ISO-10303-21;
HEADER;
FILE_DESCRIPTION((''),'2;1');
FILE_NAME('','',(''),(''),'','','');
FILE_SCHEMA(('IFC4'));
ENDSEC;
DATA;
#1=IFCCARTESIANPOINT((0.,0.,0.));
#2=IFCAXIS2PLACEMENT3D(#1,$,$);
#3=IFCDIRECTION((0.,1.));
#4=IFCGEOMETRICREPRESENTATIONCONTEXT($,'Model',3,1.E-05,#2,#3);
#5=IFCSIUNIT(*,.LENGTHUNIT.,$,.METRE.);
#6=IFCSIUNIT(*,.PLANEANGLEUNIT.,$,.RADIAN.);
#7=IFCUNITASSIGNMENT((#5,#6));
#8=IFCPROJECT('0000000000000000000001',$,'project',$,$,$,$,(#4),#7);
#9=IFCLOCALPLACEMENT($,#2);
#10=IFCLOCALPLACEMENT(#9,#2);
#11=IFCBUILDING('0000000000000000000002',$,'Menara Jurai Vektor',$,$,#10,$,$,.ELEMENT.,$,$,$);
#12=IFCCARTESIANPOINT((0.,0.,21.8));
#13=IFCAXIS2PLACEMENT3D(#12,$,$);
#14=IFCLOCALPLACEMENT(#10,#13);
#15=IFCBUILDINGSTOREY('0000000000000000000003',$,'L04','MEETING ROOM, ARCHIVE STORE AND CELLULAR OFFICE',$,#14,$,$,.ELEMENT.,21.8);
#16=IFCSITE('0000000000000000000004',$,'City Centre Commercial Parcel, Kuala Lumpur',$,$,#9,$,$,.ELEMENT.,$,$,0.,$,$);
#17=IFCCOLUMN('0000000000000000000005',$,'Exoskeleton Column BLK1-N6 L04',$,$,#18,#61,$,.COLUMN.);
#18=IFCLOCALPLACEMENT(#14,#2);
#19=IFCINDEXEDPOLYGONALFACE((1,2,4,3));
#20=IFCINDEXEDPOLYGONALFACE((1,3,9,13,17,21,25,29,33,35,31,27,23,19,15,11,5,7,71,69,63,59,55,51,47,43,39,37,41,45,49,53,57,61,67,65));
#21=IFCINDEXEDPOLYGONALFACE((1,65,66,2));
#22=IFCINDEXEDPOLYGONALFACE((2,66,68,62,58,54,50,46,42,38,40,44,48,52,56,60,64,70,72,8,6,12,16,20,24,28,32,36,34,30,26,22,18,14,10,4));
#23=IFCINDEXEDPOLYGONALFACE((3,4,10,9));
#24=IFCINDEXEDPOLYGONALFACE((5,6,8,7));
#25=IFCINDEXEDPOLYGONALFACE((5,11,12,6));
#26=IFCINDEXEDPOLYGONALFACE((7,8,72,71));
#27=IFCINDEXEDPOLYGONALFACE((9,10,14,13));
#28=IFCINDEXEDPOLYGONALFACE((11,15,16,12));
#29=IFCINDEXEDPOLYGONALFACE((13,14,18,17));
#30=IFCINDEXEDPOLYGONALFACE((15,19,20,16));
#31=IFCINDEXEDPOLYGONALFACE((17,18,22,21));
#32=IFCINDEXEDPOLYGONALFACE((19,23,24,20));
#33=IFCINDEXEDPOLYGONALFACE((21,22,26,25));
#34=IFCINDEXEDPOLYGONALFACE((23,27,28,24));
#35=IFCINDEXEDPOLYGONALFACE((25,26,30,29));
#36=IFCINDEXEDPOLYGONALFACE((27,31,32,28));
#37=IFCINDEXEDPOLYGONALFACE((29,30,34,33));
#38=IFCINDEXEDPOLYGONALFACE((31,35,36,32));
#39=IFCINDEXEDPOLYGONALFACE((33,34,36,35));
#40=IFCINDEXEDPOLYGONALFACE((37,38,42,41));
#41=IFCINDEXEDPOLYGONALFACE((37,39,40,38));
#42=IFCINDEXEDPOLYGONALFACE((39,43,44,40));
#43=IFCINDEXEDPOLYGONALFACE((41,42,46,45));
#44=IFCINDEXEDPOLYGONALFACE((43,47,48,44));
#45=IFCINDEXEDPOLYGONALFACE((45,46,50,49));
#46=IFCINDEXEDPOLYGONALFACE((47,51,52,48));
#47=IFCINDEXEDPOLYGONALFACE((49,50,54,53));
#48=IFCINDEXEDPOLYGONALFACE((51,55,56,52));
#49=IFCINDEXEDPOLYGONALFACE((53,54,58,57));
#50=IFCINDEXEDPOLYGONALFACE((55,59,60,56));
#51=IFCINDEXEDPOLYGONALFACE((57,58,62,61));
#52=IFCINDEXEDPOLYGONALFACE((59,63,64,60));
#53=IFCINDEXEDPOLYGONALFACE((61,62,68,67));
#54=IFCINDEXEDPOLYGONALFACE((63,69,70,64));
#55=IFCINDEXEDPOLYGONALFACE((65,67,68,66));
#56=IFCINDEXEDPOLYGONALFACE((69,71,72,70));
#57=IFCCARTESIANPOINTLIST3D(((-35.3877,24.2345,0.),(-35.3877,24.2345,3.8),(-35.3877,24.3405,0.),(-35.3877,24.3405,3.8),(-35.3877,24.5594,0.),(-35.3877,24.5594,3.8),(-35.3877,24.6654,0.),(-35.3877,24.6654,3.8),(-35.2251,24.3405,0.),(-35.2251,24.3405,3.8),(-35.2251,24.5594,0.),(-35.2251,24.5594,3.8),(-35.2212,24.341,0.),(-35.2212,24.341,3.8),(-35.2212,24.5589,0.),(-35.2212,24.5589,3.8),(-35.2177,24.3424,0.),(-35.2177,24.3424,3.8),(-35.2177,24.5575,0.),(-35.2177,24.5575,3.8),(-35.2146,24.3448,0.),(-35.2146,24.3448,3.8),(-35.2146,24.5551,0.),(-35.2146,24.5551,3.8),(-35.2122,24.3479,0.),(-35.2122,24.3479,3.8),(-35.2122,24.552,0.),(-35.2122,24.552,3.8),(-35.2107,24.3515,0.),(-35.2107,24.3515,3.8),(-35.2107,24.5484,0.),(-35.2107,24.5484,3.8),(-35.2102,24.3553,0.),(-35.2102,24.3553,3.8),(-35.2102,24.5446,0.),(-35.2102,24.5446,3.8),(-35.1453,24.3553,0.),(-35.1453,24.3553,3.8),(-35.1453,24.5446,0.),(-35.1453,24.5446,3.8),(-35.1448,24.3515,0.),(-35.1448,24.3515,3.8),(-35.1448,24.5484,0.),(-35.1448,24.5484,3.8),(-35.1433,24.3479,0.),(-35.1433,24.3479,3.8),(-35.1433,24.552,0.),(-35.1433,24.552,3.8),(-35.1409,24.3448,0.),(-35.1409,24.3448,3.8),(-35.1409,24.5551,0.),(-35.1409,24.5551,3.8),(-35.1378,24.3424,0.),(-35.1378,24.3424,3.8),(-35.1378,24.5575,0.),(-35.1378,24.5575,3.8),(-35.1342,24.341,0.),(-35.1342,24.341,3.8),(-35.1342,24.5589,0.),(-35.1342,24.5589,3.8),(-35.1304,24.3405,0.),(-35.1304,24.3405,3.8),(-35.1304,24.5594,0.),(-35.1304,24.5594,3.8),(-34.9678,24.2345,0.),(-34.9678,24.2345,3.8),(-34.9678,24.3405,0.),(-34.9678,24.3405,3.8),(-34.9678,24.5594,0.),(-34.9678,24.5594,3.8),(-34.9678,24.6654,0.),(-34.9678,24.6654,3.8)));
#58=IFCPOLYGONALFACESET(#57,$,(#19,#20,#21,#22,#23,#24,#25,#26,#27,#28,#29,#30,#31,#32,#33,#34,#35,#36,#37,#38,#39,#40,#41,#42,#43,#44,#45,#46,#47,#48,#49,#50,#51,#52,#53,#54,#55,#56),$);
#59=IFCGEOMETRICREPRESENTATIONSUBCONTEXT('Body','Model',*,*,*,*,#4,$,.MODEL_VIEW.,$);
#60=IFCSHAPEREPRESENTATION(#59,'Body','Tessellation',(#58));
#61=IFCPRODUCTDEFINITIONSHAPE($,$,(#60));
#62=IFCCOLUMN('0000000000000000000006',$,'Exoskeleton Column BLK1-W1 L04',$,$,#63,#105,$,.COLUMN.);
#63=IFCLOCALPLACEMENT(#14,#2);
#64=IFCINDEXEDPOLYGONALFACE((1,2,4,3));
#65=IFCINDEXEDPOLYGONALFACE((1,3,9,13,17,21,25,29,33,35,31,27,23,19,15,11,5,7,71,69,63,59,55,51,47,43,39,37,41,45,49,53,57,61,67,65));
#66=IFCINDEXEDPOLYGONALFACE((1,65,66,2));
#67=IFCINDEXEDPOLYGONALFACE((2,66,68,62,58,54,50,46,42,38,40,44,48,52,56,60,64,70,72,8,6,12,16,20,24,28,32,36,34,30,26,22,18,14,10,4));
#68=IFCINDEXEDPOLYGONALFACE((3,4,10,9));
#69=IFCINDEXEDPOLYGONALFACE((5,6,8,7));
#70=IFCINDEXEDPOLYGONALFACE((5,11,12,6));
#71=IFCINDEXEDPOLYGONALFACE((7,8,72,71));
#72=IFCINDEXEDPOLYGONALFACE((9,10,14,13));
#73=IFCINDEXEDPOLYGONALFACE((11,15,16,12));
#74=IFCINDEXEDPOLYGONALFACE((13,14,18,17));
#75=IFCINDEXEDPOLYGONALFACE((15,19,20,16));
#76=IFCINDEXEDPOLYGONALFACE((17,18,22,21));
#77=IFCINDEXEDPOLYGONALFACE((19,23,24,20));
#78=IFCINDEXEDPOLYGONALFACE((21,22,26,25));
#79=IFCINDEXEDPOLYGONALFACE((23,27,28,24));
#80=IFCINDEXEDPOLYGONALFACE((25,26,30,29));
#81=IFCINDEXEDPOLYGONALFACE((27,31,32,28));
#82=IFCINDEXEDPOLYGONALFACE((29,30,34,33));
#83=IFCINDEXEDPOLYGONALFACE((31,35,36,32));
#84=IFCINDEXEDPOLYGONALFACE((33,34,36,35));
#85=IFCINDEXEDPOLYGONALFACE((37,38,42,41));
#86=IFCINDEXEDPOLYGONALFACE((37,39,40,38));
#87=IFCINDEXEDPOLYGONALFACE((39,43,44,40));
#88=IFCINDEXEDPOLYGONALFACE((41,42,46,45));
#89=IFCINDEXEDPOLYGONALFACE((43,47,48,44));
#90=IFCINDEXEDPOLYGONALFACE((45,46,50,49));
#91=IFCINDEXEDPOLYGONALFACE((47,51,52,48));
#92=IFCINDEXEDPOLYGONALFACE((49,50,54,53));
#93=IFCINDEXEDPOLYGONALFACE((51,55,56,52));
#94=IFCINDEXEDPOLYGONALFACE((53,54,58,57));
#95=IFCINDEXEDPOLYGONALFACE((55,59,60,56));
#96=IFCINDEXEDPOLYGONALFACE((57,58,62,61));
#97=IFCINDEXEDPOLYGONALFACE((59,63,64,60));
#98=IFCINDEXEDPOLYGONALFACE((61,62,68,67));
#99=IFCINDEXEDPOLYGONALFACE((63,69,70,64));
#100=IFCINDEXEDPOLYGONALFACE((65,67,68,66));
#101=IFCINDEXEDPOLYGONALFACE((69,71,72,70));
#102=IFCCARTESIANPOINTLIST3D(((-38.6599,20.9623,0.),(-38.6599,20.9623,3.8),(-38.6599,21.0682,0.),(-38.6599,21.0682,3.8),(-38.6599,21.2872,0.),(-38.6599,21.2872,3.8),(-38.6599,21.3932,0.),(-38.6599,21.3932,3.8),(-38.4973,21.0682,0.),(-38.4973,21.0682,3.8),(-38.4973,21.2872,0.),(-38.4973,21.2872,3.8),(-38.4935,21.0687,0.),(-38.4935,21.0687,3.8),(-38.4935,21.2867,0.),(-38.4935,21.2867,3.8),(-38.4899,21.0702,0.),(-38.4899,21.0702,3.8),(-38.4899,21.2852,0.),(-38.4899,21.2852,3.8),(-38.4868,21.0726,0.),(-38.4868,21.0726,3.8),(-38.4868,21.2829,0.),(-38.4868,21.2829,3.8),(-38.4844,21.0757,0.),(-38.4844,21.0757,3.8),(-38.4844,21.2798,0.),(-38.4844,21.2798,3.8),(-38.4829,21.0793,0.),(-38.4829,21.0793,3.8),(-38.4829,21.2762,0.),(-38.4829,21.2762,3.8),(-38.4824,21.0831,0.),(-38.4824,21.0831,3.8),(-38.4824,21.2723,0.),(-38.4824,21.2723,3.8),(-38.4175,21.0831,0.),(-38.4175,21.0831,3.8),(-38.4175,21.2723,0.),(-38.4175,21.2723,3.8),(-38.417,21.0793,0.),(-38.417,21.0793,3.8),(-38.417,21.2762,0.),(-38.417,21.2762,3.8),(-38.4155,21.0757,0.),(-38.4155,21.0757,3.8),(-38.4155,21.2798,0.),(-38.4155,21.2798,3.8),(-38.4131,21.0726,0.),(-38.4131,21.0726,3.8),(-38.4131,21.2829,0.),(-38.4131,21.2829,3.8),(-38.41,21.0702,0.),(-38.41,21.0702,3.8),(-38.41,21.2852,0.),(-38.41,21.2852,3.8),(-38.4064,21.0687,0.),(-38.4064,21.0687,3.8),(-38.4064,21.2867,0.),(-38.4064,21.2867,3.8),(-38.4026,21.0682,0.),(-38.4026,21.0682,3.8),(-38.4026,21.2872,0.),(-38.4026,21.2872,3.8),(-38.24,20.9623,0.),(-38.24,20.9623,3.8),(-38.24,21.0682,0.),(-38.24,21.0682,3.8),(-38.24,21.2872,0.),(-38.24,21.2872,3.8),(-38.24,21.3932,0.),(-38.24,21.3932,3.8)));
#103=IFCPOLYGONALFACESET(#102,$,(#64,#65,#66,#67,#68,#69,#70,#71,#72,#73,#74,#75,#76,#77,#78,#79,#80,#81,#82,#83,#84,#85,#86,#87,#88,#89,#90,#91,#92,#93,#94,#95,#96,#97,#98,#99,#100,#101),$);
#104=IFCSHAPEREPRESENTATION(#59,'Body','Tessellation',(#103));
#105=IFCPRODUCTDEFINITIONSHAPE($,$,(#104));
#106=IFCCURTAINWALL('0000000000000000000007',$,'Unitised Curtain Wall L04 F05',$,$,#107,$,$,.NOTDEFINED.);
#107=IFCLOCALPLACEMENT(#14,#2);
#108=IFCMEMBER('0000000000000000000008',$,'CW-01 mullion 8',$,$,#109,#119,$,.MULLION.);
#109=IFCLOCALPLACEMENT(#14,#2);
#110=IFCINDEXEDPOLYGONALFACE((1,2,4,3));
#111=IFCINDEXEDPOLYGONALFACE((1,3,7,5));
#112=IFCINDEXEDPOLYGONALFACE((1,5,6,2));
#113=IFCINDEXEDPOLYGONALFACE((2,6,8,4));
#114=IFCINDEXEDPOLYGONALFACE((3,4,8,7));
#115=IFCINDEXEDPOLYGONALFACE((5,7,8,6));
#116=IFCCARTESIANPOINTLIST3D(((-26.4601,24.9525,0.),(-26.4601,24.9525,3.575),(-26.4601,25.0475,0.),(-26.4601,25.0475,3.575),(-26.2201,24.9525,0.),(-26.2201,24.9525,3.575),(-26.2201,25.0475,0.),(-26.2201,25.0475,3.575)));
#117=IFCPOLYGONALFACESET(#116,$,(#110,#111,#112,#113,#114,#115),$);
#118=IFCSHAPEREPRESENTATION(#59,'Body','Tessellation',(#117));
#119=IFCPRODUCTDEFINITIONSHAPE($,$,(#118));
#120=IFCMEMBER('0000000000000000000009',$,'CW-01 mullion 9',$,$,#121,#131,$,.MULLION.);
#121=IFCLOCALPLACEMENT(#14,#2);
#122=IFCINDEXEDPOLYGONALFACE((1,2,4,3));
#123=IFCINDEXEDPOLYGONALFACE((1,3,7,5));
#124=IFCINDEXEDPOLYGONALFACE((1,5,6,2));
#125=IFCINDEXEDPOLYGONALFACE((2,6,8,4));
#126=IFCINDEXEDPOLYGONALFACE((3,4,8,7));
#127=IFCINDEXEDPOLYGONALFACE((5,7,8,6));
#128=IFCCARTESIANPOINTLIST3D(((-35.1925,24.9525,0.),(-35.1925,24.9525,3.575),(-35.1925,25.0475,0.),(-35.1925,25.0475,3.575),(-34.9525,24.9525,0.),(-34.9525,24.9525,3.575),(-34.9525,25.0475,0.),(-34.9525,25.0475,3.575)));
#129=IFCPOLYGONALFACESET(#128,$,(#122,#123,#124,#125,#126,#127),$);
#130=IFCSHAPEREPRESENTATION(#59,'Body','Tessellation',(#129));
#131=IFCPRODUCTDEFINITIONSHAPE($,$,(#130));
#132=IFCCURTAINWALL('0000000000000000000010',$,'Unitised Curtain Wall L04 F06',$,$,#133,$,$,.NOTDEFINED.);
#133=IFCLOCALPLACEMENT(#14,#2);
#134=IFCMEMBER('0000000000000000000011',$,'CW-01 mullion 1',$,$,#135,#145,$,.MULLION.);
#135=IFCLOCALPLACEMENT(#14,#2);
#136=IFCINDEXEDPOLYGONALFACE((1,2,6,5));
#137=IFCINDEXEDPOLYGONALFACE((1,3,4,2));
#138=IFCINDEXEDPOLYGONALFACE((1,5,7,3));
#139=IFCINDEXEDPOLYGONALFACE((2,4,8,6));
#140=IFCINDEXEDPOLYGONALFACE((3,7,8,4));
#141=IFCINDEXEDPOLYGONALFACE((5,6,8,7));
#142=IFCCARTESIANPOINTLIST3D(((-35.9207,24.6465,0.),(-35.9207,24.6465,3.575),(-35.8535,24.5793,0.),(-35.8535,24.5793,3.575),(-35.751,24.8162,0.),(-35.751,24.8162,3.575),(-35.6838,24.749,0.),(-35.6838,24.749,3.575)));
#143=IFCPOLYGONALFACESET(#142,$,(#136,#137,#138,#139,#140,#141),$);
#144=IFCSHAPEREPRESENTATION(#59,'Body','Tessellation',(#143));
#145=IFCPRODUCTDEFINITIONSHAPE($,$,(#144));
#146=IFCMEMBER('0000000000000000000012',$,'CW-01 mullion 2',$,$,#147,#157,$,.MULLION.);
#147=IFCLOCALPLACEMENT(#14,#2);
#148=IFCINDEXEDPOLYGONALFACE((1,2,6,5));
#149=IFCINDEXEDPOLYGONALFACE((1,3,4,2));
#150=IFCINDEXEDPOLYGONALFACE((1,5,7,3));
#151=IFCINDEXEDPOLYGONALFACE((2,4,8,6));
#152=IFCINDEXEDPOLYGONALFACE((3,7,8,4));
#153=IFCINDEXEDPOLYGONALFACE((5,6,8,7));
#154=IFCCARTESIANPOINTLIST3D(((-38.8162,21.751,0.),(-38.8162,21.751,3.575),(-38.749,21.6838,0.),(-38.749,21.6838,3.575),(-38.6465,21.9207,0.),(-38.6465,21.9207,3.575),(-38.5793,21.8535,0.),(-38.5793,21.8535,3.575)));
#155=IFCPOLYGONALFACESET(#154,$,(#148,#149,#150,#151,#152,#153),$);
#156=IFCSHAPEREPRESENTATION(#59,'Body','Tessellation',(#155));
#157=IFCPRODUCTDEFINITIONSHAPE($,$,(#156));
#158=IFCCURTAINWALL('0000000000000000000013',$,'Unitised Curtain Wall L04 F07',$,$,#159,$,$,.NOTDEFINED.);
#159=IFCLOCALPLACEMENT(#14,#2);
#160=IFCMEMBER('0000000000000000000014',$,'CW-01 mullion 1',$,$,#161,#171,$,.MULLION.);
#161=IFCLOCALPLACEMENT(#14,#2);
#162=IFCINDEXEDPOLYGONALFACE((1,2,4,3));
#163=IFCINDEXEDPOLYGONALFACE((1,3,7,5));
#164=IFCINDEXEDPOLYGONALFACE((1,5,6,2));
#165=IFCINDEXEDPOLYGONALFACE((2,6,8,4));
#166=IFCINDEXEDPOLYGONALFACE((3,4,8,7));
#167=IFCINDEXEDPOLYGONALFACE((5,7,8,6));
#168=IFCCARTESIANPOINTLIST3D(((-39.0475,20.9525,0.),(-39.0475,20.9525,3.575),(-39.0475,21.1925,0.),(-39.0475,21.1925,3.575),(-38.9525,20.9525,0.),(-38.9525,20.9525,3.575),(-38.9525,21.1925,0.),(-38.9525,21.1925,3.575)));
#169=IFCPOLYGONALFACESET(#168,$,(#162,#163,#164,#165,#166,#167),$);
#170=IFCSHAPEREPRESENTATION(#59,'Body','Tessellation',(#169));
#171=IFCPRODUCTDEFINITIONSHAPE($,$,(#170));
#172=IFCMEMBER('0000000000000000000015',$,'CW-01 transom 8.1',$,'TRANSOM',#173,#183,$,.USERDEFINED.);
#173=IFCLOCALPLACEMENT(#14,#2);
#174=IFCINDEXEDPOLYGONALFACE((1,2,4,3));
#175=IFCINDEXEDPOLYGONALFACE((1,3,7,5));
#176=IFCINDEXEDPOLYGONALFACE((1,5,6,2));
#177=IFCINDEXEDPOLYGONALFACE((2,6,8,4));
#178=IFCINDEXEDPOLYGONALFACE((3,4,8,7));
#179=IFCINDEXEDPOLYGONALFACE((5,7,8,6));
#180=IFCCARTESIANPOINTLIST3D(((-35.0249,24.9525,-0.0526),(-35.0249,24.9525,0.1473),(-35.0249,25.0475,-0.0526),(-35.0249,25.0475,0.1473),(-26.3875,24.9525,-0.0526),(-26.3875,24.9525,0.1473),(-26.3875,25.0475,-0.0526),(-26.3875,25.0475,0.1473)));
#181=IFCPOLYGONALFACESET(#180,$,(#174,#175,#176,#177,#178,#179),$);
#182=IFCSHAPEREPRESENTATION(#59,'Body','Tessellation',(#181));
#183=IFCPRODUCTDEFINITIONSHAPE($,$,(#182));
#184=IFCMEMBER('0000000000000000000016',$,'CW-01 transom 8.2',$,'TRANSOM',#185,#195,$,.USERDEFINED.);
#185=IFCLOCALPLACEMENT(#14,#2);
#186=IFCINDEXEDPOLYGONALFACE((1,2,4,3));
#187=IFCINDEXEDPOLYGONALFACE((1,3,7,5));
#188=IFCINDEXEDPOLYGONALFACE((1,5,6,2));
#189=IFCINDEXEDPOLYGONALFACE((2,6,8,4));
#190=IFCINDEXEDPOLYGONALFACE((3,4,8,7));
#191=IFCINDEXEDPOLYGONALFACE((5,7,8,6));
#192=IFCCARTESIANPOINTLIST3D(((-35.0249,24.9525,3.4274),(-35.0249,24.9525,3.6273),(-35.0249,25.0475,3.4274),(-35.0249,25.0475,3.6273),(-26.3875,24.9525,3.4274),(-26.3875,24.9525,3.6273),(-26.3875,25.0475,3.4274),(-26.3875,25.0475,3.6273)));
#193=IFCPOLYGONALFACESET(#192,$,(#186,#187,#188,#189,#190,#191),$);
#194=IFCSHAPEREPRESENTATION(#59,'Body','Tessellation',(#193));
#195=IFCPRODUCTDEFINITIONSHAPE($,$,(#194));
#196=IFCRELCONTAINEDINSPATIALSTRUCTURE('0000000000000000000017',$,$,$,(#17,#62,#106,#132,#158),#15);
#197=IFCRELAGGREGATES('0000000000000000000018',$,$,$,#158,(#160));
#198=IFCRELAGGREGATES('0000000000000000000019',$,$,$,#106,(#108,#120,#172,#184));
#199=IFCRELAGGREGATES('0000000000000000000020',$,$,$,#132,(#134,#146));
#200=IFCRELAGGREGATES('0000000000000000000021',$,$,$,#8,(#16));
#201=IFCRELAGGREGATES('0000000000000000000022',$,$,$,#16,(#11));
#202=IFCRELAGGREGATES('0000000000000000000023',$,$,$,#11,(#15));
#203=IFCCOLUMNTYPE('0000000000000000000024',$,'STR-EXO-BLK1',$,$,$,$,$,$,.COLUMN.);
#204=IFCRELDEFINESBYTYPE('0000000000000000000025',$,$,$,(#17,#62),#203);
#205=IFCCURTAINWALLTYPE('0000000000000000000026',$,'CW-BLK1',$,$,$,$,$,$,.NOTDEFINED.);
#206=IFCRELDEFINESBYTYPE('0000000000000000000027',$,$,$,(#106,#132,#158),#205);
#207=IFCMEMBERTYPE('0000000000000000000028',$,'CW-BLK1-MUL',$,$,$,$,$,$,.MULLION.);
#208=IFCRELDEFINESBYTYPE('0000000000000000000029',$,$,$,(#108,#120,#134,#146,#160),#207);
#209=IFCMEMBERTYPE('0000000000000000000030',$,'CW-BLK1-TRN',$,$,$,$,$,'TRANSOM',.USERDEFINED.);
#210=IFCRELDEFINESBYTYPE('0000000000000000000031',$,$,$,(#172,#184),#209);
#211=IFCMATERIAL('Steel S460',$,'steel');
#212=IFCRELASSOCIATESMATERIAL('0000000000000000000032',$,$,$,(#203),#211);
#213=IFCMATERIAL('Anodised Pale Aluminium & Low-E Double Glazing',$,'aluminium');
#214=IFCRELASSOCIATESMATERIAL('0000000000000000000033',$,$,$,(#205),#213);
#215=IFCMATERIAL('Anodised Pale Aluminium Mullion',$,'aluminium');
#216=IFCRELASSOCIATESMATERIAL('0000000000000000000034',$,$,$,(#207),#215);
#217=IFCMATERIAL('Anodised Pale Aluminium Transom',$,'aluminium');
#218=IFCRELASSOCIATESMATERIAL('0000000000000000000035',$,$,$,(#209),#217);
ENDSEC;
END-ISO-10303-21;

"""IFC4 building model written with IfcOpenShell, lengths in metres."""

from ifc_helpers import new_model, si_unit, direction, frame, origin, origin_2d, place, context, subcontext, project, spatial, rectangle, i_section, extrude, material, material_profile, profile_set, type_object, element, aggregate, save


model = new_model("IFC4")

# Units and contexts
model_context = context("Model", 3, precision=1e-05, world=origin(), true_north=direction((0.0, 1.0)))
body_context = subcontext(model_context, "Body", "Model", "MODEL_VIEW")
ifc_project = project(units=[si_unit("LENGTHUNIT", "METRE"), si_unit("PLANEANGLEUNIT", "RADIAN")], contexts=[model_context])

# Site, building, storey
site_placement = place(None, origin())
site = spatial("IfcSite", under=ifc_project, at=site_placement, Name="City Centre Commercial Parcel, Kuala Lumpur", CompositionType="ELEMENT", RefElevation=0.0)
building_placement = place(site_placement, origin())
building = spatial("IfcBuilding", under=site, at=building_placement, Name="Menara Jurai Vektor", CompositionType="ELEMENT")
storey_placement = place(building_placement, frame((0.0, 0.0, 21.8)))
storey = spatial("IfcBuildingStorey", under=building, at=storey_placement, Name="L04", Description="MEETING ROOM, ARCHIVE STORE AND CELLULAR OFFICE", CompositionType="ELEMENT", Elevation=21.8)

# Columns
ifc_material_1 = material(Name="Steel S460", Category="steel")
ifc_material_profile_1 = material_profile(ifc_material_1, i_section(OverallWidth=0.4199, OverallDepth=0.4309, WebThickness=0.0649, FlangeThickness=0.106, FilletRadius=0.0149, at=origin_2d()), Name="HD 400x900")
ifc_profile_set_1 = profile_set([ifc_material_profile_1], Name="Steel S460")
column_type = type_object("IfcColumnType", Name="STR-EXO-BLK1", PredefinedType="COLUMN", material=ifc_profile_set_1)
for number, where, z_axis, x_axis, name in (
    (1, (-35.1777, 24.45, 0.0), (0.0, 0.0, 1.0), (1.0, 0.0, 0.0), "Exoskeleton Column BLK1-N6 L04"),
    (2, (-38.45, 21.1777, 0.0), (0.0, 0.0, 1.0), (1.0, 0.0, 0.0), "Exoskeleton Column BLK1-W1 L04"),
):
    element("IfcColumn", number, at=place(storey_placement, frame(where, z_axis=z_axis, x_axis=x_axis)), inside=storey, type_object=column_type, Name=name, PredefinedType="COLUMN", context=body_context, shape_type="SweptSolid", body=[
        extrude(i_section(OverallWidth=0.4199, OverallDepth=0.4309, WebThickness=0.0649, FlangeThickness=0.106, FilletRadius=0.0149, at=origin_2d()), origin(), (0.0, 0.0, 1.0), 3.8),
    ])

# Curtain walls, members
ifc_material_2 = material(Name="Anodised Pale Aluminium & Low-E Double Glazing", Category="aluminium")
curtain_wall_type = type_object("IfcCurtainWallType", Name="CW-BLK1", PredefinedType="NOTDEFINED", material=ifc_material_2)
curtain_wall_1_placement = place(storey_placement, origin())
curtain_wall_1 = element("IfcCurtainWall", 3, at=curtain_wall_1_placement, inside=storey, type_object=curtain_wall_type, Name="Unitised Curtain Wall L04 F05", PredefinedType="NOTDEFINED")
ifc_material_3 = material(Name="Anodised Pale Aluminium Mullion", Category="aluminium")
ifc_material_profile_2 = material_profile(ifc_material_3, rectangle(XDim=0.095, YDim=0.24, at=origin_2d()), Name="ALU MUL 95x240")
ifc_profile_set_2 = profile_set([ifc_material_profile_2], Name="Anodised Pale Aluminium Mullion")
member_type_1 = type_object("IfcMemberType", Name="CW-BLK1-MUL", PredefinedType="MULLION", material=ifc_profile_set_2)
member_1_placement = place(storey_placement, frame((-26.3401, 25.0, 0.0), z_axis=(0.0, 0.0, 1.0), x_axis=(0.0, -1.0, 0.0)))
member_1 = element("IfcMember", 4, at=member_1_placement, type_object=member_type_1, Name="CW-01 mullion 8", PredefinedType="MULLION", context=body_context, shape_type="SweptSolid", body=[
    extrude(rectangle(XDim=0.095, YDim=0.24, at=origin_2d()), origin(), (0.0, 0.0, 1.0), 3.575),
])
member_2_placement = place(storey_placement, frame((-35.0725, 25.0, 0.0), z_axis=(0.0, 0.0, 1.0), x_axis=(0.0, -1.0, 0.0)))
member_2 = element("IfcMember", 5, at=member_2_placement, type_object=member_type_1, Name="CW-01 mullion 9", PredefinedType="MULLION", context=body_context, shape_type="SweptSolid", body=[
    extrude(rectangle(XDim=0.095, YDim=0.24, at=origin_2d()), origin(), (0.0, 0.0, 1.0), 3.575),
])
curtain_wall_2_placement = place(storey_placement, origin())
curtain_wall_2 = element("IfcCurtainWall", 6, at=curtain_wall_2_placement, inside=storey, type_object=curtain_wall_type, Name="Unitised Curtain Wall L04 F06", PredefinedType="NOTDEFINED")
member_3_placement = place(storey_placement, frame((-35.8022, 24.6978, 0.0), z_axis=(0.0, 0.0, 1.0), x_axis=(0.707107, -0.707107, 0.0)))
member_3 = element("IfcMember", 7, at=member_3_placement, type_object=member_type_1, Name="CW-01 mullion 1", PredefinedType="MULLION", context=body_context, shape_type="SweptSolid", body=[
    extrude(rectangle(XDim=0.095, YDim=0.24, at=origin_2d()), origin(), (0.0, 0.0, 1.0), 3.575),
])
member_4_placement = place(storey_placement, frame((-38.6978, 21.8022, 0.0), z_axis=(0.0, 0.0, 1.0), x_axis=(0.707107, -0.707107, 0.0)))
member_4 = element("IfcMember", 8, at=member_4_placement, type_object=member_type_1, Name="CW-01 mullion 2", PredefinedType="MULLION", context=body_context, shape_type="SweptSolid", body=[
    extrude(rectangle(XDim=0.095, YDim=0.24, at=origin_2d()), origin(), (0.0, 0.0, 1.0), 3.575),
])

# Curtain wall, member
curtain_wall_3_placement = place(storey_placement, origin())
curtain_wall_3 = element("IfcCurtainWall", 9, at=curtain_wall_3_placement, inside=storey, type_object=curtain_wall_type, Name="Unitised Curtain Wall L04 F07", PredefinedType="NOTDEFINED")
member_5_placement = place(storey_placement, frame((-39.0, 21.0725, 0.0), z_axis=(0.0, 0.0, 1.0), x_axis=(1.0, 0.0, 0.0)))
member_5 = element("IfcMember", 10, at=member_5_placement, type_object=member_type_1, Name="CW-01 mullion 1", PredefinedType="MULLION", context=body_context, shape_type="SweptSolid", body=[
    extrude(rectangle(XDim=0.095, YDim=0.24, at=origin_2d()), origin(), (0.0, 0.0, 1.0), 3.575),
])
aggregate(curtain_wall_3, [member_5])

# Members
ifc_material_4 = material(Name="Anodised Pale Aluminium Transom", Category="aluminium")
ifc_material_profile_3 = material_profile(ifc_material_4, rectangle(XDim=0.095, YDim=0.2, at=origin_2d()), Name="ALU TRN 95x200")
ifc_profile_set_3 = profile_set([ifc_material_profile_3], Name="Anodised Pale Aluminium Transom")
member_type_2 = type_object("IfcMemberType", Name="CW-BLK1-TRN", ElementType="TRANSOM", PredefinedType="USERDEFINED", material=ifc_profile_set_3)
member_6_placement = place(storey_placement, frame((-26.3875, 25.0, 0.0474), z_axis=(-1.0, 0.0, 0.0), x_axis=(0.0, -1.0, 0.0)))
member_6 = element("IfcMember", 11, at=member_6_placement, type_object=member_type_2, Name="CW-01 transom 8.1", ObjectType="TRANSOM", PredefinedType="USERDEFINED", context=body_context, shape_type="SweptSolid", body=[
    extrude(rectangle(XDim=0.095, YDim=0.2, at=origin_2d()), origin(), (0.0, 0.0, 1.0), 8.6375),
])
member_7_placement = place(storey_placement, frame((-26.3875, 25.0, 3.5273), z_axis=(-1.0, 0.0, 0.0), x_axis=(0.0, -1.0, 0.0)))
member_7 = element("IfcMember", 12, at=member_7_placement, type_object=member_type_2, Name="CW-01 transom 8.2", ObjectType="TRANSOM", PredefinedType="USERDEFINED", context=body_context, shape_type="SweptSolid", body=[
    extrude(rectangle(XDim=0.095, YDim=0.2, at=origin_2d()), origin(), (0.0, 0.0, 1.0), 8.6375),
])

aggregate(curtain_wall_1, [member_1, member_2, member_6, member_7])
aggregate(curtain_wall_2, [member_3, member_4])

save(model, "model.ifc")
